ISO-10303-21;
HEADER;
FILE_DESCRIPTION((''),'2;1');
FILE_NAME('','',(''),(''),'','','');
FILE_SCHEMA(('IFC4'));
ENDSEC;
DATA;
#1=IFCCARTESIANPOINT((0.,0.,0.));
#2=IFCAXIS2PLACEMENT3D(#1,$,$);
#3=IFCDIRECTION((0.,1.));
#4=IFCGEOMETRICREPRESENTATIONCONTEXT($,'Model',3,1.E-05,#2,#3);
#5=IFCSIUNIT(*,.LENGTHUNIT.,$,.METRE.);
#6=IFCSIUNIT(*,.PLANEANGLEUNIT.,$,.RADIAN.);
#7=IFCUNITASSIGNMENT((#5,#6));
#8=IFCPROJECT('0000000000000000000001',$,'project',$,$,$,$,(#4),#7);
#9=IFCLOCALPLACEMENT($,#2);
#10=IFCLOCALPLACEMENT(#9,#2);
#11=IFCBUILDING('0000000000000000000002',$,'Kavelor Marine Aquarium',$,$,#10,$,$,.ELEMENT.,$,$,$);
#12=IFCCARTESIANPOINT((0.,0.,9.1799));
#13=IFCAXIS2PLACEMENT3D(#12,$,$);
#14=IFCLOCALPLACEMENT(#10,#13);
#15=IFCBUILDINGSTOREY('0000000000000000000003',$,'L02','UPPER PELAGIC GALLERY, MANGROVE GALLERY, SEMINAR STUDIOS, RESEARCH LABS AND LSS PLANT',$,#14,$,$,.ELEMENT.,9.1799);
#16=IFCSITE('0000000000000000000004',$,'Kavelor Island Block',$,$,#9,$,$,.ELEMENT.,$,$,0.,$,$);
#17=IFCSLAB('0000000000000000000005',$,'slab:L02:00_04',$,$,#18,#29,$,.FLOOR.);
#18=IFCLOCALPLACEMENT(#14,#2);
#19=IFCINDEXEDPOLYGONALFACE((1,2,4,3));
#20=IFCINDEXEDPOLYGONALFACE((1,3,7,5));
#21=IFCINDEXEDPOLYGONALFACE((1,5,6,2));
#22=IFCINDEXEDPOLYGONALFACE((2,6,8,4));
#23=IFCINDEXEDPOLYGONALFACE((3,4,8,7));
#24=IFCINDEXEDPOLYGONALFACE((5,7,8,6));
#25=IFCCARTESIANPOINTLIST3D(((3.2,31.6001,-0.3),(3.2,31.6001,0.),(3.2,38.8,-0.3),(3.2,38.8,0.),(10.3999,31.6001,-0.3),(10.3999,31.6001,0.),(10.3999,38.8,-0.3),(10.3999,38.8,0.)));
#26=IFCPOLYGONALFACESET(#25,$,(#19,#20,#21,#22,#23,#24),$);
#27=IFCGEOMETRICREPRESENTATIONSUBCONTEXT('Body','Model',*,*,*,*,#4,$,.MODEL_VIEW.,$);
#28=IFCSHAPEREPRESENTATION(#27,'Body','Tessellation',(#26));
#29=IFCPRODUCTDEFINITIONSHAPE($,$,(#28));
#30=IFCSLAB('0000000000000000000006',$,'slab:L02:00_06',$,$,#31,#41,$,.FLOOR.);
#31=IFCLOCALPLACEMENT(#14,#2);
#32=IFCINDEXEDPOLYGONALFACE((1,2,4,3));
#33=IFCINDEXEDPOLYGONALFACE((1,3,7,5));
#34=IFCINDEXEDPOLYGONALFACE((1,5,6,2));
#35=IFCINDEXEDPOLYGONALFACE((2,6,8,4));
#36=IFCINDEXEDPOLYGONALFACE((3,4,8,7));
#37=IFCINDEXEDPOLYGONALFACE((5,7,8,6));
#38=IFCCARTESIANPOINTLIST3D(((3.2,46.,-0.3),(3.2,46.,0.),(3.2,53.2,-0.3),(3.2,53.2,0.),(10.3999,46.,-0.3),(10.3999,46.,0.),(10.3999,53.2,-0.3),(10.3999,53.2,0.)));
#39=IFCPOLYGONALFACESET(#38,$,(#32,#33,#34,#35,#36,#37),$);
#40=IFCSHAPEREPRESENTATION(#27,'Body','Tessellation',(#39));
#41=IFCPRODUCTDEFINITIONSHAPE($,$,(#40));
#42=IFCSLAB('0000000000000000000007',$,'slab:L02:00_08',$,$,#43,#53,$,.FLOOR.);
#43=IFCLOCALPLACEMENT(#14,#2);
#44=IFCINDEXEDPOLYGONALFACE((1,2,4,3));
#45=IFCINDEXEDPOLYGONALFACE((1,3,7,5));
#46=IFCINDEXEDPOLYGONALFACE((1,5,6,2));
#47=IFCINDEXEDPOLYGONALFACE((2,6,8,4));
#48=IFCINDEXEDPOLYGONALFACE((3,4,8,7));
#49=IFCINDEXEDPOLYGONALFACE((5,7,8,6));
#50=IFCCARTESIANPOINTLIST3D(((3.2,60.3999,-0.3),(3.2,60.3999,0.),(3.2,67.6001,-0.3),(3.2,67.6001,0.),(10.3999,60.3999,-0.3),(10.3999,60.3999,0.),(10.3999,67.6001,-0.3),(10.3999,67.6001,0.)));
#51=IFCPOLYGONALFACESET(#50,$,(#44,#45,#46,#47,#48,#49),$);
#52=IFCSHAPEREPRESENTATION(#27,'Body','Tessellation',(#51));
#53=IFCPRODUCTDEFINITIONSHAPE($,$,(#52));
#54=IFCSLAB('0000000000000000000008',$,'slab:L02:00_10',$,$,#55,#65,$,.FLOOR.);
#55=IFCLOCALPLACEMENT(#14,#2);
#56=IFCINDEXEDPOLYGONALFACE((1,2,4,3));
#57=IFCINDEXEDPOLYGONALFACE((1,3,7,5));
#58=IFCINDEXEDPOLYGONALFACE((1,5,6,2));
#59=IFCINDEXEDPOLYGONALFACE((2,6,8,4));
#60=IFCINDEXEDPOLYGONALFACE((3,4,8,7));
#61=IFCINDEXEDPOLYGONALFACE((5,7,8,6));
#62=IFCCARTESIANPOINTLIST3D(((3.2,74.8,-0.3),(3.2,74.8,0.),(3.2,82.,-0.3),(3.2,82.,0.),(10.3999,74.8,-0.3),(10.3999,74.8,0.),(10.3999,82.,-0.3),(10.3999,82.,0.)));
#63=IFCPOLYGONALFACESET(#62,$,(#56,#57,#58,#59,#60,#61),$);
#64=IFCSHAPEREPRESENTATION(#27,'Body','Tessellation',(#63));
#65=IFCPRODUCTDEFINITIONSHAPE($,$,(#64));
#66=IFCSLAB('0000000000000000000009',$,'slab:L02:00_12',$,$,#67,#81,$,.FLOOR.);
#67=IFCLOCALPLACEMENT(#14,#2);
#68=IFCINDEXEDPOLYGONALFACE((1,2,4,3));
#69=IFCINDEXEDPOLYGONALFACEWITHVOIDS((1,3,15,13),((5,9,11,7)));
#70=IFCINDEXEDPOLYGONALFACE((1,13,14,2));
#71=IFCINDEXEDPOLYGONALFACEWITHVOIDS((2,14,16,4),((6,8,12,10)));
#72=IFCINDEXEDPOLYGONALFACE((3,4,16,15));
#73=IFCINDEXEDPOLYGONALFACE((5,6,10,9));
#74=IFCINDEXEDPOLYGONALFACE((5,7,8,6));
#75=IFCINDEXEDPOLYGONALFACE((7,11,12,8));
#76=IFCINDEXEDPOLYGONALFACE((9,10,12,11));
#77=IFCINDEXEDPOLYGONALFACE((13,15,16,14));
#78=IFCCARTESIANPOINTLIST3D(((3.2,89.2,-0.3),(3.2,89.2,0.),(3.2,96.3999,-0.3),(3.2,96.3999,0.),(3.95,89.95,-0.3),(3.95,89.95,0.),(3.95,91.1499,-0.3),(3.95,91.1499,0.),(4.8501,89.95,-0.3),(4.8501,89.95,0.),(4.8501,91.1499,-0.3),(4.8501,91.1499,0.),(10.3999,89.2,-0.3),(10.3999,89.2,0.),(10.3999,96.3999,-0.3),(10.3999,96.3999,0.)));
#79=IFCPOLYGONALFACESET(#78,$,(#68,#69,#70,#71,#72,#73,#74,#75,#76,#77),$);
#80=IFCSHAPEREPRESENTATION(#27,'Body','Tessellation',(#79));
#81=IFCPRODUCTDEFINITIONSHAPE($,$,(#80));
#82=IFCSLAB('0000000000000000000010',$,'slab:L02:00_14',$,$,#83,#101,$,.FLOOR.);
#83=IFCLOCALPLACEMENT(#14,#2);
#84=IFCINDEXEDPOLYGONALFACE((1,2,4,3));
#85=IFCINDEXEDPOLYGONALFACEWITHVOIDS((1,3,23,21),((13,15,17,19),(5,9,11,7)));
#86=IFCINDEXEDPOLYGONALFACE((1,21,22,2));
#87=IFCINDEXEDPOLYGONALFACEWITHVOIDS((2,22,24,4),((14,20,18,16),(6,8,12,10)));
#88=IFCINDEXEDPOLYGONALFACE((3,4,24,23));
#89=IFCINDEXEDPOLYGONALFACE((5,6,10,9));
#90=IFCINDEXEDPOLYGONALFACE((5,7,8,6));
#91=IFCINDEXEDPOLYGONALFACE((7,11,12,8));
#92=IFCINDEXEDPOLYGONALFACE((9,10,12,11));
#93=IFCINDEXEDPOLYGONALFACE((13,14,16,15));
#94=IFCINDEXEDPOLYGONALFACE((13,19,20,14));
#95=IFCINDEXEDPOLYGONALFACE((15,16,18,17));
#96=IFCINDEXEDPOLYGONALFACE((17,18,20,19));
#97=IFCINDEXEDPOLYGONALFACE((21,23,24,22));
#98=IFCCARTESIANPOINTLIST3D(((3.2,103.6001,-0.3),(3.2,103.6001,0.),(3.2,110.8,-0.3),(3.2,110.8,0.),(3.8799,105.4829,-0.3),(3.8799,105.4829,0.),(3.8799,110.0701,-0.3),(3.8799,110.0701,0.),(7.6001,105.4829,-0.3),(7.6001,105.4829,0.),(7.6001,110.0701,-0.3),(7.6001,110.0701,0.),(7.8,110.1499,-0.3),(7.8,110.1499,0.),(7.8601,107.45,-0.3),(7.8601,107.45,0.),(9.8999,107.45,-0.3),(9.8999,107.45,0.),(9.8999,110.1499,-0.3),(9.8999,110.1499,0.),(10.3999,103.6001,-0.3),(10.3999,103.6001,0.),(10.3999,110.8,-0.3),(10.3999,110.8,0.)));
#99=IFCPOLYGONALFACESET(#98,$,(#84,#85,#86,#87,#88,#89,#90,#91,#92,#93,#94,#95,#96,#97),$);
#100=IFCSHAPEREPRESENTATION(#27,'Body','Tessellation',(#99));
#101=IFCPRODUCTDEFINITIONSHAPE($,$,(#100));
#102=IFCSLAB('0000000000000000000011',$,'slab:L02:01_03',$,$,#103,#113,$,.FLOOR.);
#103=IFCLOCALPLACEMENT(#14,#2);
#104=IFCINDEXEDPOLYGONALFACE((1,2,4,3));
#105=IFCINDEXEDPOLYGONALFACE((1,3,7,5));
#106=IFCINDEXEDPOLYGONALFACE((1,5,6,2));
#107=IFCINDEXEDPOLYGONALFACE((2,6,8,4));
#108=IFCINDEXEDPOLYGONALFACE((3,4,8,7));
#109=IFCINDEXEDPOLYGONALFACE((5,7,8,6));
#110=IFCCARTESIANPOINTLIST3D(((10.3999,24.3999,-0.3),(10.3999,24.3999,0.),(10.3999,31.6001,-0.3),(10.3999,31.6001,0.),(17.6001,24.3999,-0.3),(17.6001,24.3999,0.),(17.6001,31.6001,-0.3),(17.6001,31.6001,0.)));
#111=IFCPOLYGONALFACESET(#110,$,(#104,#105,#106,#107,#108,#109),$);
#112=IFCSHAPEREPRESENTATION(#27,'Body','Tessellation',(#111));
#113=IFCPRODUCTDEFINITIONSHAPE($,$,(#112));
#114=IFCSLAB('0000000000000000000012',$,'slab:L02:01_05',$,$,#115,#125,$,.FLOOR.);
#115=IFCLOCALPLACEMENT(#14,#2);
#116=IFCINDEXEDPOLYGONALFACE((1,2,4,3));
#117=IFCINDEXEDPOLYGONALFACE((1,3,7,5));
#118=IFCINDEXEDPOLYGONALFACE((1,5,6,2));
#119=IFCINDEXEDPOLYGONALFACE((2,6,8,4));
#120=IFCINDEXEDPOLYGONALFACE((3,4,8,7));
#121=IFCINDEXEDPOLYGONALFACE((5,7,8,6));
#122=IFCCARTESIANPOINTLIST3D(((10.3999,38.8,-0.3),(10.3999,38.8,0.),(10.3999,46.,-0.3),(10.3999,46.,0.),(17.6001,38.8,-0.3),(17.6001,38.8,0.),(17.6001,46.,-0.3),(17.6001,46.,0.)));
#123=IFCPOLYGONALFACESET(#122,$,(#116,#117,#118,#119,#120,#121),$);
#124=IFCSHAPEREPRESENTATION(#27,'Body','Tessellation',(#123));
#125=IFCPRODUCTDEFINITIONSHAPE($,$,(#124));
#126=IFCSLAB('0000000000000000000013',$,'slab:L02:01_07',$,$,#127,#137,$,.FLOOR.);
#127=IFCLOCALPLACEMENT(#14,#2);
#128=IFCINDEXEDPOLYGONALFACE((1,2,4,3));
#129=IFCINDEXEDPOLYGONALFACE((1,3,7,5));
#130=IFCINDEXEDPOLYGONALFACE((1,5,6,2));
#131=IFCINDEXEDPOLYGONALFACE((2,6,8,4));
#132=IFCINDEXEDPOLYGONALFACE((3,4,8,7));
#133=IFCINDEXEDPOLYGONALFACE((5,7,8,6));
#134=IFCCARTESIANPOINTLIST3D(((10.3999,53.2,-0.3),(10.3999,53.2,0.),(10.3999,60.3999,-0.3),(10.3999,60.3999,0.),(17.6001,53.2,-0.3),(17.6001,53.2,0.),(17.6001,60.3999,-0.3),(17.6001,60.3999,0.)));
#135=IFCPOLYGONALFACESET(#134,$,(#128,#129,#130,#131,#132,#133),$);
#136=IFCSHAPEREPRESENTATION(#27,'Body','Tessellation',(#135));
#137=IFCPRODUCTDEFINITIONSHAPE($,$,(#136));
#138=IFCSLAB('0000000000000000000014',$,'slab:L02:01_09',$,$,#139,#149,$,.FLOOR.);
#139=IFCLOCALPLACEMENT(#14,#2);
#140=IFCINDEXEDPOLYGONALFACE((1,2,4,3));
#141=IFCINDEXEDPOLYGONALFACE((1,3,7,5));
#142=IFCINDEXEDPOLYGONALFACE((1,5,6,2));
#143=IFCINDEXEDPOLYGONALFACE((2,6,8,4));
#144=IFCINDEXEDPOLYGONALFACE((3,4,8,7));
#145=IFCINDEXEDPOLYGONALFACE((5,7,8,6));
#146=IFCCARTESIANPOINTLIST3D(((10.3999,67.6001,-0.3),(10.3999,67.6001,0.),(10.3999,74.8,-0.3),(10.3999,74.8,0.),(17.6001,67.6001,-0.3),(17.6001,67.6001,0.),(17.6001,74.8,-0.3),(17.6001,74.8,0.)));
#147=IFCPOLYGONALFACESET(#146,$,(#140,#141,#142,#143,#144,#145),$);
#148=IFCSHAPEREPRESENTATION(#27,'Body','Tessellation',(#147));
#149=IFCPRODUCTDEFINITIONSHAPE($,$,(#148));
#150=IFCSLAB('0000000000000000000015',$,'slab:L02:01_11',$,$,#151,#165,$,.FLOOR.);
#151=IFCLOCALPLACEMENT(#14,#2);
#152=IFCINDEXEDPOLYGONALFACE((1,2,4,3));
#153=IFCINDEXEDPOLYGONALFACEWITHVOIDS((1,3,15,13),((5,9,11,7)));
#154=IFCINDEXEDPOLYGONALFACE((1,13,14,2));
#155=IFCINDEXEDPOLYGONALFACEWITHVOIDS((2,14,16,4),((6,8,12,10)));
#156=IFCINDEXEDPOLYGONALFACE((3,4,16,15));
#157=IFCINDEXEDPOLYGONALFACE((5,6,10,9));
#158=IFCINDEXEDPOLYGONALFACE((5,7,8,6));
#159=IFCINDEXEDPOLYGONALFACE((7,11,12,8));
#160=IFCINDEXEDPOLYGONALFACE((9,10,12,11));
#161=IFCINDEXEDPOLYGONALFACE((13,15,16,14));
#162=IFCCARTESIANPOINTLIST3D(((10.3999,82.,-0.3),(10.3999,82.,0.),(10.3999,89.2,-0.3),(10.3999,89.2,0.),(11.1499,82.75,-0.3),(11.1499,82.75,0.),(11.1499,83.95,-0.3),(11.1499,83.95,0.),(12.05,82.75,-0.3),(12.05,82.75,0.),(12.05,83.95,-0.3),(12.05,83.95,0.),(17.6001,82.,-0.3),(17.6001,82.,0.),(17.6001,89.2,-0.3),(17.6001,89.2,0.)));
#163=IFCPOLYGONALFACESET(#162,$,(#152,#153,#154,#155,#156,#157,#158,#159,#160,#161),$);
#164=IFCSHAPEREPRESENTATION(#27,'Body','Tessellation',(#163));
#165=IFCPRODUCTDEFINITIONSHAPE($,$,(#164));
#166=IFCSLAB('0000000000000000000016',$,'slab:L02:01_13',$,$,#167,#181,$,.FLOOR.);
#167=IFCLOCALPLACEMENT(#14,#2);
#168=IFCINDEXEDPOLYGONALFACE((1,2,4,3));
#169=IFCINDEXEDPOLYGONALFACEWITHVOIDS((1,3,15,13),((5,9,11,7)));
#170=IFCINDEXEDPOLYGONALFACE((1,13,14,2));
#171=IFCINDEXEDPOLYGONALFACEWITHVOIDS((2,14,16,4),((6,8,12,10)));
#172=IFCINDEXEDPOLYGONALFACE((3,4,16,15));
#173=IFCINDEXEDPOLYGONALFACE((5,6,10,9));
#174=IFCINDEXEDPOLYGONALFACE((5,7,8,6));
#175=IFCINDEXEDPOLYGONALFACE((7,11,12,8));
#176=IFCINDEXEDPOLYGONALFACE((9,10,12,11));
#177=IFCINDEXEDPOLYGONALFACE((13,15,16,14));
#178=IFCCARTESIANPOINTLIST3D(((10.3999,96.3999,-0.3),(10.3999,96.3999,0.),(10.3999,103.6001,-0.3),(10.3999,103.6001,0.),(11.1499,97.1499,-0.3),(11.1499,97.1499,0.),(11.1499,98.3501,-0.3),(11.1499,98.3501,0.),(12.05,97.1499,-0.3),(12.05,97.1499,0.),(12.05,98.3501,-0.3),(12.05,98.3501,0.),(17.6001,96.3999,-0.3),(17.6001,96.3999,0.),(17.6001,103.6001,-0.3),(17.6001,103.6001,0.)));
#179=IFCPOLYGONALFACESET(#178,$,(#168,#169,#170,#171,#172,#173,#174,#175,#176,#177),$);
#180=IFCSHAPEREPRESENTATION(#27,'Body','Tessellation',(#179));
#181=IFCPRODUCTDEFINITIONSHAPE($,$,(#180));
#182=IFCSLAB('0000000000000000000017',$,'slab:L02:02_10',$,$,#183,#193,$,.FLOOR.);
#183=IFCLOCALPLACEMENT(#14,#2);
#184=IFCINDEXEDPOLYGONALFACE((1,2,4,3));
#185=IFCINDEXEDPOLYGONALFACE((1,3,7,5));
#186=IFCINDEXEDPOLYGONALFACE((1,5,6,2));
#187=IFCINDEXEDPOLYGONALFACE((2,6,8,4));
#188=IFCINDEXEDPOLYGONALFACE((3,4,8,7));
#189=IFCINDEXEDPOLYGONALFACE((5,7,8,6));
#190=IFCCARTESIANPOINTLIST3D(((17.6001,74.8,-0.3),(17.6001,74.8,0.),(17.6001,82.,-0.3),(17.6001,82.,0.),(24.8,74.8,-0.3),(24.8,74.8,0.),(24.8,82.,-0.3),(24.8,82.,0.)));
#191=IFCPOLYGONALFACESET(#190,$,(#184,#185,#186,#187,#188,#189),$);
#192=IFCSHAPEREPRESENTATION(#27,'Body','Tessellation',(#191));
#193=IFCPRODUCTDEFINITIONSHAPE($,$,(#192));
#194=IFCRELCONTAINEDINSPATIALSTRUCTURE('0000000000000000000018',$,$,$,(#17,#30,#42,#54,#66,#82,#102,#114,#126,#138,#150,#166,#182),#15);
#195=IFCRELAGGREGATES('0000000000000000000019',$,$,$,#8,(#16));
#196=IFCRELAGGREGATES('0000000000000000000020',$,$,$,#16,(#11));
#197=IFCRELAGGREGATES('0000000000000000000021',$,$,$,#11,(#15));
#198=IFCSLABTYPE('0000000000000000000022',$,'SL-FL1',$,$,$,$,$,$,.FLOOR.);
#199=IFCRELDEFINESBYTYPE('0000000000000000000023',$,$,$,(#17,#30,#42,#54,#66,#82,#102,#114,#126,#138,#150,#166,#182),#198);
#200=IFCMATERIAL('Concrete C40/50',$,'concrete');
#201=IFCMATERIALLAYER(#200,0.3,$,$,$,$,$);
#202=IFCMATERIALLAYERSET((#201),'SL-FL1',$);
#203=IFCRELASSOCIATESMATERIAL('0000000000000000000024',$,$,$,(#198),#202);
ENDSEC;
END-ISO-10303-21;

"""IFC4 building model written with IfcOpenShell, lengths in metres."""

from ifc_helpers import new_model, si_unit, direction, frame, origin, place, context, subcontext, project, spatial, polyline, outline, extrude, material, layer, layer_set, type_object, element, save


model = new_model("IFC4")

# Units and contexts
model_context = context("Model", 3, precision=1e-05, world=origin(), true_north=direction((0.0, 1.0)))
body_context = subcontext(model_context, "Body", "Model", "MODEL_VIEW")
ifc_project = project(units=[si_unit("LENGTHUNIT", "METRE"), si_unit("PLANEANGLEUNIT", "RADIAN")], contexts=[model_context])

# Site, building, storey
site_placement = place(None, origin())
site = spatial("IfcSite", under=ifc_project, at=site_placement, Name="Kavelor Island Block", CompositionType="ELEMENT", RefElevation=0.0)
building_placement = place(site_placement, origin())
building = spatial("IfcBuilding", under=site, at=building_placement, Name="Kavelor Marine Aquarium", CompositionType="ELEMENT")
storey_placement = place(building_placement, frame((0.0, 0.0, 9.1799)))
storey = spatial("IfcBuildingStorey", under=building, at=storey_placement, Name="L02", Description="UPPER PELAGIC GALLERY, MANGROVE GALLERY, SEMINAR STUDIOS, RESEARCH LABS AND LSS PLANT", CompositionType="ELEMENT", Elevation=9.1799)

# Slabs
ifc_material = material(Name="Concrete C40/50", Category="concrete")
ifc_layer = layer(ifc_material, 0.3)
ifc_layer_set = layer_set([ifc_layer], Name="SL-FL1")
slab_type = type_object("IfcSlabType", Name="SL-FL1", PredefinedType="FLOOR", material=ifc_layer_set)
slab_1_placement = place(storey_placement, frame((0.0, 0.0, -0.3)))
element("IfcSlab", 1, at=slab_1_placement, inside=storey, type_object=slab_type, Name="slab:L02:00_04", PredefinedType="FLOOR", context=body_context, shape_type="SweptSolid", body=[
    extrude(outline(polyline([(3.2, 31.6001), (10.3999, 31.6001), (10.3999, 38.8), (3.2, 38.8), (3.2, 31.6001)])), origin(), (0.0, 0.0, 1.0), 0.3),
])
slab_2_placement = place(storey_placement, frame((0.0, 0.0, -0.3)))
element("IfcSlab", 2, at=slab_2_placement, inside=storey, type_object=slab_type, Name="slab:L02:00_06", PredefinedType="FLOOR", context=body_context, shape_type="SweptSolid", body=[
    extrude(outline(polyline([(3.2, 46.0), (10.3999, 46.0), (10.3999, 53.2), (3.2, 53.2), (3.2, 46.0)])), origin(), (0.0, 0.0, 1.0), 0.3),
])
slab_3_placement = place(storey_placement, frame((0.0, 0.0, -0.3)))
element("IfcSlab", 3, at=slab_3_placement, inside=storey, type_object=slab_type, Name="slab:L02:00_08", PredefinedType="FLOOR", context=body_context, shape_type="SweptSolid", body=[
    extrude(outline(polyline([(3.2, 60.3999), (10.3999, 60.3999), (10.3999, 67.6001), (3.2, 67.6001), (3.2, 60.3999)])), origin(), (0.0, 0.0, 1.0), 0.3),
])
slab_4_placement = place(storey_placement, frame((0.0, 0.0, -0.3)))
element("IfcSlab", 4, at=slab_4_placement, inside=storey, type_object=slab_type, Name="slab:L02:00_10", PredefinedType="FLOOR", context=body_context, shape_type="SweptSolid", body=[
    extrude(outline(polyline([(3.2, 74.8), (10.3999, 74.8), (10.3999, 82.0), (3.2, 82.0), (3.2, 74.8)])), origin(), (0.0, 0.0, 1.0), 0.3),
])
slab_5_placement = place(storey_placement, frame((0.0, 0.0, -0.3)))
element("IfcSlab", 5, at=slab_5_placement, inside=storey, type_object=slab_type, Name="slab:L02:00_12", PredefinedType="FLOOR", context=body_context, shape_type="SweptSolid", body=[
    extrude(outline(polyline([(3.2, 89.2), (10.3999, 89.2), (10.3999, 96.3999), (3.2, 96.3999), (3.2, 89.2)]), holes=[polyline([(3.95, 89.95), (4.8501, 89.95), (4.8501, 91.1499), (3.95, 91.1499), (3.95, 89.95)])]), origin(), (0.0, 0.0, 1.0), 0.3),
])
slab_6_placement = place(storey_placement, frame((0.0, 0.0, -0.3)))
element("IfcSlab", 6, at=slab_6_placement, inside=storey, type_object=slab_type, Name="slab:L02:00_14", PredefinedType="FLOOR", context=body_context, shape_type="SweptSolid", body=[
    extrude(outline(polyline([(3.2, 103.6001), (10.3999, 103.6001), (10.3999, 110.8), (3.2, 110.8), (3.2, 103.6001)]), holes=[polyline([(3.8799, 105.4829), (7.6001, 105.4829), (7.6001, 110.0701), (3.8799, 110.0701), (3.8799, 105.4829)]), polyline([(7.8601, 107.45), (9.8999, 107.45), (9.8999, 110.1499), (7.8, 110.1499), (7.8601, 107.45)])]), origin(), (0.0, 0.0, 1.0), 0.3),
])
slab_7_placement = place(storey_placement, frame((0.0, 0.0, -0.3)))
element("IfcSlab", 7, at=slab_7_placement, inside=storey, type_object=slab_type, Name="slab:L02:01_03", PredefinedType="FLOOR", context=body_context, shape_type="SweptSolid", body=[
    extrude(outline(polyline([(10.3999, 24.3999), (17.6001, 24.3999), (17.6001, 31.6001), (10.3999, 31.6001), (10.3999, 24.3999)])), origin(), (0.0, 0.0, 1.0), 0.3),
])
slab_8_placement = place(storey_placement, frame((0.0, 0.0, -0.3)))
element("IfcSlab", 8, at=slab_8_placement, inside=storey, type_object=slab_type, Name="slab:L02:01_05", PredefinedType="FLOOR", context=body_context, shape_type="SweptSolid", body=[
    extrude(outline(polyline([(10.3999, 38.8), (17.6001, 38.8), (17.6001, 46.0), (10.3999, 46.0), (10.3999, 38.8)])), origin(), (0.0, 0.0, 1.0), 0.3),
])
slab_9_placement = place(storey_placement, frame((0.0, 0.0, -0.3)))
element("IfcSlab", 9, at=slab_9_placement, inside=storey, type_object=slab_type, Name="slab:L02:01_07", PredefinedType="FLOOR", context=body_context, shape_type="SweptSolid", body=[
    extrude(outline(polyline([(10.3999, 53.2), (17.6001, 53.2), (17.6001, 60.3999), (10.3999, 60.3999), (10.3999, 53.2)])), origin(), (0.0, 0.0, 1.0), 0.3),
])
slab_10_placement = place(storey_placement, frame((0.0, 0.0, -0.3)))
element("IfcSlab", 10, at=slab_10_placement, inside=storey, type_object=slab_type, Name="slab:L02:01_09", PredefinedType="FLOOR", context=body_context, shape_type="SweptSolid", body=[
    extrude(outline(polyline([(10.3999, 67.6001), (17.6001, 67.6001), (17.6001, 74.8), (10.3999, 74.8), (10.3999, 67.6001)])), origin(), (0.0, 0.0, 1.0), 0.3),
])
slab_11_placement = place(storey_placement, frame((0.0, 0.0, -0.3)))
element("IfcSlab", 11, at=slab_11_placement, inside=storey, type_object=slab_type, Name="slab:L02:01_11", PredefinedType="FLOOR", context=body_context, shape_type="SweptSolid", body=[
    extrude(outline(polyline([(10.3999, 82.0), (17.6001, 82.0), (17.6001, 89.2), (10.3999, 89.2), (10.3999, 82.0)]), holes=[polyline([(11.1499, 82.75), (12.05, 82.75), (12.05, 83.95), (11.1499, 83.95), (11.1499, 82.75)])]), origin(), (0.0, 0.0, 1.0), 0.3),
])
slab_12_placement = place(storey_placement, frame((0.0, 0.0, -0.3)))
element("IfcSlab", 12, at=slab_12_placement, inside=storey, type_object=slab_type, Name="slab:L02:01_13", PredefinedType="FLOOR", context=body_context, shape_type="SweptSolid", body=[
    extrude(outline(polyline([(10.3999, 96.3999), (17.6001, 96.3999), (17.6001, 103.6001), (10.3999, 103.6001), (10.3999, 96.3999)]), holes=[polyline([(11.1499, 97.1499), (12.05, 97.1499), (12.05, 98.3501), (11.1499, 98.3501), (11.1499, 97.1499)])]), origin(), (0.0, 0.0, 1.0), 0.3),
])
slab_13_placement = place(storey_placement, frame((0.0, 0.0, -0.3)))
element("IfcSlab", 13, at=slab_13_placement, inside=storey, type_object=slab_type, Name="slab:L02:02_10", PredefinedType="FLOOR", context=body_context, shape_type="SweptSolid", body=[
    extrude(outline(polyline([(17.6001, 74.8), (24.8, 74.8), (24.8, 82.0), (17.6001, 82.0), (17.6001, 74.8)])), origin(), (0.0, 0.0, 1.0), 0.3),
])

save(model, "model.ifc")
